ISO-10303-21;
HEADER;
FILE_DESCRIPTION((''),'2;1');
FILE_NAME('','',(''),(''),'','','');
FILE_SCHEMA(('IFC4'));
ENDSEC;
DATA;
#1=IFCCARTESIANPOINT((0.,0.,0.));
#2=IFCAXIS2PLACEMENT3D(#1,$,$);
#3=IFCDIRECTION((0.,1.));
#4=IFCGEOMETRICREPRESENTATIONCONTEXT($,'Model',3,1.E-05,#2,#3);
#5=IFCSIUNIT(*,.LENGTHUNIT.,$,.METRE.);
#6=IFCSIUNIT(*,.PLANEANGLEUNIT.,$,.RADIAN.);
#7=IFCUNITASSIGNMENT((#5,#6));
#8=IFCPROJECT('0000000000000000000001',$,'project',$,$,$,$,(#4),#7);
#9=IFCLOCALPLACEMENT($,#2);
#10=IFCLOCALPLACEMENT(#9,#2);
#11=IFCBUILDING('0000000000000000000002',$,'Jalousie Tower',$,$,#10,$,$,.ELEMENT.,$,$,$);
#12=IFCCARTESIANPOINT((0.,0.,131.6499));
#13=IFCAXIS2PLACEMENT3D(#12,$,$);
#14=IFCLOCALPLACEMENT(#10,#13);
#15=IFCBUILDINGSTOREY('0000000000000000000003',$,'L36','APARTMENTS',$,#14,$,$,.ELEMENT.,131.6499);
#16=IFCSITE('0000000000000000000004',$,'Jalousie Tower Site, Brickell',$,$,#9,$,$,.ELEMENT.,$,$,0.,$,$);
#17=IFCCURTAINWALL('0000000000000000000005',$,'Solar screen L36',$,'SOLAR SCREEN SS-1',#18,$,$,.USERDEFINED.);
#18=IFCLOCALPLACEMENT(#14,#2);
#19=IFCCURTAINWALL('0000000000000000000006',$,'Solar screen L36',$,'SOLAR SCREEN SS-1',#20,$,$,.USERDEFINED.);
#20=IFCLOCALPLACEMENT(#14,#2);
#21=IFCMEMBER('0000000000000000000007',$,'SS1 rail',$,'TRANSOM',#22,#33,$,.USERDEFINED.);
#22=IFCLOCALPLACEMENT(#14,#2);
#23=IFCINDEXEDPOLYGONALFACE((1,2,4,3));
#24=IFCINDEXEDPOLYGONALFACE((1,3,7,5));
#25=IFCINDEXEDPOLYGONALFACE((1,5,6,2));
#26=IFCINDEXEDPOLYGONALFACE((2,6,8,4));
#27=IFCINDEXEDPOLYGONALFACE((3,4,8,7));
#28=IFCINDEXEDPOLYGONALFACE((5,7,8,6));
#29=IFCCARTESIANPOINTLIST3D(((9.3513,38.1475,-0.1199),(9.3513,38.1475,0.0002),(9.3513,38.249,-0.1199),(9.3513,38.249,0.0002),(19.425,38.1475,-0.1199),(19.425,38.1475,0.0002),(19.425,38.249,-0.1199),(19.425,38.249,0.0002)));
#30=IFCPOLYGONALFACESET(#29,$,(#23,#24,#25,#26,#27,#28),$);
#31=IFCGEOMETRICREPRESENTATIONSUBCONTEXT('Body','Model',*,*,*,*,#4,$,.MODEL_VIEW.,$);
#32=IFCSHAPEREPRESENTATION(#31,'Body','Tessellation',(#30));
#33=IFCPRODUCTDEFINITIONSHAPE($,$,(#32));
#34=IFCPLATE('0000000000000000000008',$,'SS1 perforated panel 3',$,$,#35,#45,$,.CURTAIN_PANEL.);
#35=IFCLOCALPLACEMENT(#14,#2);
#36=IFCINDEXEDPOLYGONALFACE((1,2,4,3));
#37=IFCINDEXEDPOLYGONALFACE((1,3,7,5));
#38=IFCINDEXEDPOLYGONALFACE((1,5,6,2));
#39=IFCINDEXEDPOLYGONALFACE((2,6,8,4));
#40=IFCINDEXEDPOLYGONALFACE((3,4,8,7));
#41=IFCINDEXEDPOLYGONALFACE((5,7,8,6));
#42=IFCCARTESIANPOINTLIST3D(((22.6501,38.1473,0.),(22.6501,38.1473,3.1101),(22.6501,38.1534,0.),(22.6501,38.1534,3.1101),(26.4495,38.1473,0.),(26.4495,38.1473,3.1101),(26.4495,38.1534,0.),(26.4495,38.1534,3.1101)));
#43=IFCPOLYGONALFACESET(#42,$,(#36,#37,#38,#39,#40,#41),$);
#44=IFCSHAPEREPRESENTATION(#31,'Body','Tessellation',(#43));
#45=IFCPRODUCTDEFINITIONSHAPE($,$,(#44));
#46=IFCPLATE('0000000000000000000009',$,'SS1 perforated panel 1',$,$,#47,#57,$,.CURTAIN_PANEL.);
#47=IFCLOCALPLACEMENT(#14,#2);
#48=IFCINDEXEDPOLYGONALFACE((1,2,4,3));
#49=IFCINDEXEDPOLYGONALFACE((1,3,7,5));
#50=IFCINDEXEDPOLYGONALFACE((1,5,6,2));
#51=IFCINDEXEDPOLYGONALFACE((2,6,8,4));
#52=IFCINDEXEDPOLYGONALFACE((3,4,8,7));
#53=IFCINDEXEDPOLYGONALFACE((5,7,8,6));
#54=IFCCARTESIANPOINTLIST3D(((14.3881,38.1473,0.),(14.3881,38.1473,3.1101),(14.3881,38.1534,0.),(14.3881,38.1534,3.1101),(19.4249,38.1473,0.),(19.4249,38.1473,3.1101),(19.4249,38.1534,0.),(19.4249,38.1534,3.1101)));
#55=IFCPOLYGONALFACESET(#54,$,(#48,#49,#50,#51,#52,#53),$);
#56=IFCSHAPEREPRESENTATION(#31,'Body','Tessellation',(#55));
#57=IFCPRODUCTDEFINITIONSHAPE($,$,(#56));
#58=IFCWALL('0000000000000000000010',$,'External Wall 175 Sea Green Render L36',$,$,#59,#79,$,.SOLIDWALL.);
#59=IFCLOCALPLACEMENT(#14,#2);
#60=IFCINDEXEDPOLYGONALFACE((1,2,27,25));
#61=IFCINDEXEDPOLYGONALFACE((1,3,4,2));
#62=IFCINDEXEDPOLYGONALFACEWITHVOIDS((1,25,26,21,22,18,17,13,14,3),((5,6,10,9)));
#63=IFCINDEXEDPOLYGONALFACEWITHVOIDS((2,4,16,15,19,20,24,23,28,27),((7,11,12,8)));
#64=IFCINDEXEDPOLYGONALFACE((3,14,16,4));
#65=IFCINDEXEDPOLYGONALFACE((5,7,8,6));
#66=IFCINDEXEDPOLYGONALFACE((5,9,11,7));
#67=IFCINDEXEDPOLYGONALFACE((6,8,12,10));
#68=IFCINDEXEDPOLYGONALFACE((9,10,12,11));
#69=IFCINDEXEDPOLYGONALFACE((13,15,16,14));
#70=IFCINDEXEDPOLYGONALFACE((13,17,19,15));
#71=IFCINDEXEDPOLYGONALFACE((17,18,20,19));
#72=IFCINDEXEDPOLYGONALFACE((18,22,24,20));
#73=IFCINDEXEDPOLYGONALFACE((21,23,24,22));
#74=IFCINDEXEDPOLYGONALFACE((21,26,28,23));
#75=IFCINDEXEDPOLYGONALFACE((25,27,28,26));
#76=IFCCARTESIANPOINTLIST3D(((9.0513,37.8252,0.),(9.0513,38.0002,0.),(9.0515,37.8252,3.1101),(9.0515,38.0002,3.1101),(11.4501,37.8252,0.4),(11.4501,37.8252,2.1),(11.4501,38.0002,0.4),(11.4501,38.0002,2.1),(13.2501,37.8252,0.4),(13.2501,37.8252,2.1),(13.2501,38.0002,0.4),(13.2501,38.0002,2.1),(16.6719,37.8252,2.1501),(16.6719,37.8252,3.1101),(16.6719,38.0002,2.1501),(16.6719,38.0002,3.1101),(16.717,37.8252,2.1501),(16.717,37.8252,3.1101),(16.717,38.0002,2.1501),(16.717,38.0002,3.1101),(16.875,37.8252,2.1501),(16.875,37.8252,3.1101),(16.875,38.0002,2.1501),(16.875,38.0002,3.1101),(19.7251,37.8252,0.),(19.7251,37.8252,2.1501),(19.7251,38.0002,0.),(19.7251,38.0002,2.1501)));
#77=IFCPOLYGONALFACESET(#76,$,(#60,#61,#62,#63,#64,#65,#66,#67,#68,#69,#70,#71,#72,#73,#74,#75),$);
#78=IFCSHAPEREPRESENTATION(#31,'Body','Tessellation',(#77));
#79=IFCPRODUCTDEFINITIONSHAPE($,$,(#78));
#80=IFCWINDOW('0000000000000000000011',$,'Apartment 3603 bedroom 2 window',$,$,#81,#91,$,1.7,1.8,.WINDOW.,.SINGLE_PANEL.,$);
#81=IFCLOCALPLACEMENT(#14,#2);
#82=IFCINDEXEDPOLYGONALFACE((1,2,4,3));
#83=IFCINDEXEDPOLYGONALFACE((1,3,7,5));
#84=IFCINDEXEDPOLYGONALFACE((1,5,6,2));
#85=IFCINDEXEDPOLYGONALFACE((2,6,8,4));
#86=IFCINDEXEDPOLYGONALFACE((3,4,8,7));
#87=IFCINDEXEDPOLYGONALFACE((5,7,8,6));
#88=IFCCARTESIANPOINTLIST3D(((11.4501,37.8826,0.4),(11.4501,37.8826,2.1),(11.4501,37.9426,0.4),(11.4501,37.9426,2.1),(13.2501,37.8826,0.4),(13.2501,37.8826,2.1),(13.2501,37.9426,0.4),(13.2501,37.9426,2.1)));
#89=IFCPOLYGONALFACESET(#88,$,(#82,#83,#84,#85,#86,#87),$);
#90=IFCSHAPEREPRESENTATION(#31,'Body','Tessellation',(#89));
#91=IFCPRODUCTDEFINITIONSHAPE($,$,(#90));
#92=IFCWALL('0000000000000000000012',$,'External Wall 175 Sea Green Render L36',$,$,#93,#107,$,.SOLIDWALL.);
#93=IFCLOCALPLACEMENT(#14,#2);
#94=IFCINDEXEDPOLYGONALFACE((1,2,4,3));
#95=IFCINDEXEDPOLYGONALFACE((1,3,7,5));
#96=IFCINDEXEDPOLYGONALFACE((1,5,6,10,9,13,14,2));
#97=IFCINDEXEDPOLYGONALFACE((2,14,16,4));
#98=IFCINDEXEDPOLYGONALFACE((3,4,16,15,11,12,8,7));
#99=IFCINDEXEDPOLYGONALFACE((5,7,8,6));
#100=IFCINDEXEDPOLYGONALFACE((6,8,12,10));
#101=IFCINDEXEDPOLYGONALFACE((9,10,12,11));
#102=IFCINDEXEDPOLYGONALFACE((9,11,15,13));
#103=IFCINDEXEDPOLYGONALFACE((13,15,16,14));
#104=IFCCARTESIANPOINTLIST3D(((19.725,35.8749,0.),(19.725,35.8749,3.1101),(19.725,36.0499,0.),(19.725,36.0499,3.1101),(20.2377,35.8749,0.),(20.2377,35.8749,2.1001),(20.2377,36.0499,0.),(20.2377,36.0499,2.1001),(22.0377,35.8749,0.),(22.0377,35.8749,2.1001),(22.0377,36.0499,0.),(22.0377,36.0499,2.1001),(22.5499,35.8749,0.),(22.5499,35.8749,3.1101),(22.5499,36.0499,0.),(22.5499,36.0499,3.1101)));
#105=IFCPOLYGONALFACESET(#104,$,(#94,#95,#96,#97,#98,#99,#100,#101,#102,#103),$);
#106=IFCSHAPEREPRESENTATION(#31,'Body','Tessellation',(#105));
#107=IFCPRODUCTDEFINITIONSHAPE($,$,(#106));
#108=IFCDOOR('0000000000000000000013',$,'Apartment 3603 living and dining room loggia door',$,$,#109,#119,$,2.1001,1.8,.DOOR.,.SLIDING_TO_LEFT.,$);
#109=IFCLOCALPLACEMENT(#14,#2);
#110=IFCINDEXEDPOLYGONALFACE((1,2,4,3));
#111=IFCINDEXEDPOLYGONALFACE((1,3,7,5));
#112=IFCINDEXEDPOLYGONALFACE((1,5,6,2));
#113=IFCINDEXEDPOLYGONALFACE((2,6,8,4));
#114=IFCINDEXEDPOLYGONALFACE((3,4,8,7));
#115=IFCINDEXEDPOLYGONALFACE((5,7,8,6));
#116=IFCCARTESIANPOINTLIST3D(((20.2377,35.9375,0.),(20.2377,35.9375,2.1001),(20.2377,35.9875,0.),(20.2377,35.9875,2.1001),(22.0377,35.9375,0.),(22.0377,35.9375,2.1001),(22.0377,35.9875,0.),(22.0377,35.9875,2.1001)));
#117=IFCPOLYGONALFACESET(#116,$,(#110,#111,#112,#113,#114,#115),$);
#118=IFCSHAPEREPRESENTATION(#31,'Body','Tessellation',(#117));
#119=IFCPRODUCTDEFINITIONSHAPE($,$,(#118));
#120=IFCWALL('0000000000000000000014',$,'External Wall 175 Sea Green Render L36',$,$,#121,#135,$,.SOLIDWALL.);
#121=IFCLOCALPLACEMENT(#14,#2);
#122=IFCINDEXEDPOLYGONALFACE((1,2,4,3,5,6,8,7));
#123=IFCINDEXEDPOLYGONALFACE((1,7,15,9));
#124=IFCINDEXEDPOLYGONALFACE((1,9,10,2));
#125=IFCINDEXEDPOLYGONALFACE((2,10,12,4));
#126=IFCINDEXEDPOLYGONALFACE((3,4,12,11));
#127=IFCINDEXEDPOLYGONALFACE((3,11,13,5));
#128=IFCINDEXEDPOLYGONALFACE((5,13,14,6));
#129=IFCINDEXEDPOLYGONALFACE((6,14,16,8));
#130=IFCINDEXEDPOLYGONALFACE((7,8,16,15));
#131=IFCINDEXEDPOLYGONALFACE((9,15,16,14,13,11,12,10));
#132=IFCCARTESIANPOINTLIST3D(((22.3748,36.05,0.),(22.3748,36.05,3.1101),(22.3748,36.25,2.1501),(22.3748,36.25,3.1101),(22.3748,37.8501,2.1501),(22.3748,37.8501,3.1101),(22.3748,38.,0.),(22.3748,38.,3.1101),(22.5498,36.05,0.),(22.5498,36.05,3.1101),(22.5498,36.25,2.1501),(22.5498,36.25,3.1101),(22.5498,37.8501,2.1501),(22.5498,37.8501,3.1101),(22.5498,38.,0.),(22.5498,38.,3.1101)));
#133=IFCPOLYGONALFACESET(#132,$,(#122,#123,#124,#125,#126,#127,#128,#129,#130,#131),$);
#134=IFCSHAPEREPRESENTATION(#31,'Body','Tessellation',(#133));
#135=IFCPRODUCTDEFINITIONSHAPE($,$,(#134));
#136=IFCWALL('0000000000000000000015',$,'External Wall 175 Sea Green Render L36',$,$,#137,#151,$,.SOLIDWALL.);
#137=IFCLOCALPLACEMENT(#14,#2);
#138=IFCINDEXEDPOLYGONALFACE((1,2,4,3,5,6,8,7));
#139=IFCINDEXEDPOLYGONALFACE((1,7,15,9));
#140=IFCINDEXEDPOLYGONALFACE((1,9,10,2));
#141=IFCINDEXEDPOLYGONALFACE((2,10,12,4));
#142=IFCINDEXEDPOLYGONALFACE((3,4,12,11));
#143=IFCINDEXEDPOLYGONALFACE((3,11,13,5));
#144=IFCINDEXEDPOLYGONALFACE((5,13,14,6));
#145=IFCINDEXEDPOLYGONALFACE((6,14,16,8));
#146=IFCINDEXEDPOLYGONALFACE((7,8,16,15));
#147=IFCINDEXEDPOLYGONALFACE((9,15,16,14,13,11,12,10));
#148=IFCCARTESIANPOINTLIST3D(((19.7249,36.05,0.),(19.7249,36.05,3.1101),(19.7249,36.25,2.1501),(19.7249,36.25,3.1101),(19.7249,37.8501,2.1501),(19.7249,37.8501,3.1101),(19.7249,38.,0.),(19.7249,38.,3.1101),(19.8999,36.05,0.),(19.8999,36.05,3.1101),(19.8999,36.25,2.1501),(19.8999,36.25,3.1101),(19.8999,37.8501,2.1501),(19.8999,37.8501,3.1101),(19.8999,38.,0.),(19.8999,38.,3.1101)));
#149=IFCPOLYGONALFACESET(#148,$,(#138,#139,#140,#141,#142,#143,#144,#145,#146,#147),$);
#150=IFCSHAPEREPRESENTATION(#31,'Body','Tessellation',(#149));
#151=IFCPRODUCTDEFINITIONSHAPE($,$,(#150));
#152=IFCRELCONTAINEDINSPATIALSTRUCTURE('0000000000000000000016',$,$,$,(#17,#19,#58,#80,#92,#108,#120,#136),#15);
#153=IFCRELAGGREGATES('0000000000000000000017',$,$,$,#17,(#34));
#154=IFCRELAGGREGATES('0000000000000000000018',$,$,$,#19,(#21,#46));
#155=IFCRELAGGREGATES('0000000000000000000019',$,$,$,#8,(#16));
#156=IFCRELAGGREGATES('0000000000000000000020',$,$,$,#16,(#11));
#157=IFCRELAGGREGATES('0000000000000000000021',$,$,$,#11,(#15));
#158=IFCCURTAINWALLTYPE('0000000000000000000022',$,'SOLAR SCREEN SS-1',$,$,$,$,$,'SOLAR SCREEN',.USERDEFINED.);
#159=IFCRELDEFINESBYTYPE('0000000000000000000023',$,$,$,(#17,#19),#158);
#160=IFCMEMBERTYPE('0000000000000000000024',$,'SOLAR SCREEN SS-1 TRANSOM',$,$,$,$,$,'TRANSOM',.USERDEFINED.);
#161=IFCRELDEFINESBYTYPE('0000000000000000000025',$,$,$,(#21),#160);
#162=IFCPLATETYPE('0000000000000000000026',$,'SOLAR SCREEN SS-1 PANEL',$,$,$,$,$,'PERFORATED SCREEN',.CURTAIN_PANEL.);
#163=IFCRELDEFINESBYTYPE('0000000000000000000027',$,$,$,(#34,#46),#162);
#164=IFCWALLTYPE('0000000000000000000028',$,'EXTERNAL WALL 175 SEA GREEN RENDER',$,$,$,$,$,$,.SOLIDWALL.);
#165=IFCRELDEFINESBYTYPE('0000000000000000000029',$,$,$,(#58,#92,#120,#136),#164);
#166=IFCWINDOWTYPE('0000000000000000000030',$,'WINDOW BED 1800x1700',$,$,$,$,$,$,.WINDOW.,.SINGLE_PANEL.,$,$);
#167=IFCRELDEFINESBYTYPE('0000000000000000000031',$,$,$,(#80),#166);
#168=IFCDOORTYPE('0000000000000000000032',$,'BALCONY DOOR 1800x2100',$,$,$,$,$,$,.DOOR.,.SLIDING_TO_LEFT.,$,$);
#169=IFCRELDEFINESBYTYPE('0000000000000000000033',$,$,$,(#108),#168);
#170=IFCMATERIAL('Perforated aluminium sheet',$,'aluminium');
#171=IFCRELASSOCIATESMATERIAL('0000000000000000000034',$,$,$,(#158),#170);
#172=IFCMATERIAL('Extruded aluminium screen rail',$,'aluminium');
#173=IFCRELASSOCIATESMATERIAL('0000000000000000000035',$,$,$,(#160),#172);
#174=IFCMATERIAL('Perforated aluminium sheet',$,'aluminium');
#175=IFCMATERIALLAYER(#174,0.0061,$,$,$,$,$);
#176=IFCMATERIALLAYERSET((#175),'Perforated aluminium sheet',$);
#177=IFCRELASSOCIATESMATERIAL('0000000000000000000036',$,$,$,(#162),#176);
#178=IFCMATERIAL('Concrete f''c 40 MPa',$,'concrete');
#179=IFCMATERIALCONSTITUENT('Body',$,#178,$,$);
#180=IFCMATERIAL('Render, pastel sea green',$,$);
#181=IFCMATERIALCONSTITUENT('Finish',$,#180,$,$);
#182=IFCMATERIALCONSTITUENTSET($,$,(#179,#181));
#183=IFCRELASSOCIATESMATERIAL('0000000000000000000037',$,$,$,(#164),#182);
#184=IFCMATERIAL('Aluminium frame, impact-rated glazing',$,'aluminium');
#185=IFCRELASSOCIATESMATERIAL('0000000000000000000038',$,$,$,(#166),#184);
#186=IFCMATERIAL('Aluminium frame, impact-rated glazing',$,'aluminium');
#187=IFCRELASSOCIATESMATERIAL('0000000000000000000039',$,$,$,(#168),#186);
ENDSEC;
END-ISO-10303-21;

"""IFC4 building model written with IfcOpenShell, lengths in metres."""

from ifc_helpers import new_model, si_unit, direction, frame, frame_2d, origin, origin_2d, place, context, subcontext, project, spatial, polyline, rectangle, outline, extrude, material, layer, layer_set, constituent, constituent_set, material_profile, profile_set, type_object, element, fill, aggregate, save


model = new_model("IFC4")

# Units and contexts
model_context = context("Model", 3, precision=1e-05, world=origin(), true_north=direction((0.0, 1.0)))
body_context = subcontext(model_context, "Body", "Model", "MODEL_VIEW")
ifc_project = project(units=[si_unit("LENGTHUNIT", "METRE"), si_unit("PLANEANGLEUNIT", "RADIAN")], contexts=[model_context])

# Site, building, storey
site_placement = place(None, origin())
site = spatial("IfcSite", under=ifc_project, at=site_placement, Name="Jalousie Tower Site, Brickell", CompositionType="ELEMENT", RefElevation=0.0)
building_placement = place(site_placement, origin())
building = spatial("IfcBuilding", under=site, at=building_placement, Name="Jalousie Tower", CompositionType="ELEMENT")
storey_placement = place(building_placement, frame((0.0, 0.0, 131.6499)))
storey = spatial("IfcBuildingStorey", under=building, at=storey_placement, Name="L36", Description="APARTMENTS", CompositionType="ELEMENT", Elevation=131.6499)

# Curtain wall
ifc_material_1 = material(Name="Perforated aluminium sheet", Category="aluminium")
curtain_wall_type = type_object("IfcCurtainWallType", Name="SOLAR SCREEN SS-1", ElementType="SOLAR SCREEN", PredefinedType="USERDEFINED", material=ifc_material_1)
curtain_wall_1_placement = place(storey_placement, origin())
curtain_wall_1 = element("IfcCurtainWall", 1, at=curtain_wall_1_placement, inside=storey, type_object=curtain_wall_type, Name="Solar screen L36", ObjectType="SOLAR SCREEN SS-1", PredefinedType="USERDEFINED")

# Curtain wall, member
curtain_wall_2_placement = place(storey_placement, origin())
curtain_wall_2 = element("IfcCurtainWall", 2, at=curtain_wall_2_placement, inside=storey, type_object=curtain_wall_type, Name="Solar screen L36", ObjectType="SOLAR SCREEN SS-1", PredefinedType="USERDEFINED")
ifc_material_2 = material(Name="Extruded aluminium screen rail", Category="aluminium")
ifc_material_profile_1 = material_profile(ifc_material_2, rectangle(XDim=0.1016, YDim=0.1201, at=origin_2d()), Name="RAIL 102x120")
ifc_profile_set_1 = profile_set([ifc_material_profile_1], Name="Extruded aluminium screen rail")
member_type_1 = type_object("IfcMemberType", Name="SOLAR SCREEN SS-1 TRANSOM", ElementType="TRANSOM", PredefinedType="USERDEFINED", material=ifc_profile_set_1)
member_1_placement = place(storey_placement, frame((19.425, 38.1982, -0.0598), z_axis=(-1.0, 0.0, 0.0), x_axis=(0.0, -1.0, 0.0)))
member_1 = element("IfcMember", 3, at=member_1_placement, type_object=member_type_1, Name="SS1 rail", ObjectType="TRANSOM", PredefinedType="USERDEFINED", context=body_context, shape_type="SweptSolid", body=[
    extrude(rectangle(XDim=0.1016, YDim=0.1201, at=origin_2d()), origin(), (0.0, 0.0, 1.0), 10.0737),
])

# Plates
ifc_material_3 = material(Name="Perforated aluminium sheet", Category="aluminium")
ifc_layer_1 = layer(ifc_material_3, 0.0061)
ifc_layer_set_1 = layer_set([ifc_layer_1], Name="Perforated aluminium sheet")
plate_type = type_object("IfcPlateType", Name="SOLAR SCREEN SS-1 PANEL", ElementType="PERFORATED SCREEN", PredefinedType="CURTAIN_PANEL", material=ifc_layer_set_1)
plate_1_placement = place(storey_placement, frame((24.5498, 38.1504, 0.0), z_axis=(0.0, 0.0, 1.0), x_axis=(-1.0, 0.0, 0.0)))
plate_1 = element("IfcPlate", 4, at=plate_1_placement, type_object=plate_type, Name="SS1 perforated panel 3", PredefinedType="CURTAIN_PANEL", context=body_context, shape_type="SweptSolid", body=[
    extrude(rectangle(XDim=3.7993, YDim=0.0061, at=origin_2d()), origin(), (0.0, 0.0, 1.0), 3.1101),
])
aggregate(curtain_wall_1, [plate_1])
plate_2_placement = place(storey_placement, frame((16.9065, 38.1504, 0.0), z_axis=(0.0, 0.0, 1.0), x_axis=(-1.0, 0.0, 0.0)))
plate_2 = element("IfcPlate", 5, at=plate_2_placement, type_object=plate_type, Name="SS1 perforated panel 1", PredefinedType="CURTAIN_PANEL", context=body_context, shape_type="SweptSolid", body=[
    extrude(rectangle(XDim=5.0369, YDim=0.0061, at=origin_2d()), origin(), (0.0, 0.0, 1.0), 3.1101),
])
aggregate(curtain_wall_2, [member_1, plate_2])

# Wall, opening, window
ifc_material_4 = material(Name="Concrete f'c 40 MPa", Category="concrete")
ifc_constituent_1 = constituent(ifc_material_4, Name="Body")
ifc_material_5 = material(Name="Render, pastel sea green")
ifc_constituent_2 = constituent(ifc_material_5, Name="Finish")
ifc_constituent_set_1 = constituent_set(constituents=[ifc_constituent_1, ifc_constituent_2])
wall_type_1 = type_object("IfcWallType", Name="EXTERNAL WALL 175 SEA GREEN RENDER", PredefinedType="SOLIDWALL", material=ifc_constituent_set_1)
wall_1_placement = place(storey_placement, frame((19.7251, 37.9126, 0.0), z_axis=(0.0, 0.0, 1.0), x_axis=(-1.0, 0.0, 0.0)))
wall_1 = element("IfcWall", 6, at=wall_1_placement, inside=storey, type_object=wall_type_1, Name="External Wall 175 Sea Green Render L36", PredefinedType="SOLIDWALL", context=body_context, shape_type="SweptSolid", body=[
    extrude(outline(polyline([(0.0, 0.0), (10.6738, 0.0), (10.6736, 3.1101), (3.0532, 3.1101), (3.0532, 2.1501), (3.0081, 2.1501), (3.0081, 3.1101), (2.8501, 3.1101), (2.8501, 2.1501), (0.0, 2.1501), (0.0, 0.0)])), frame((0.0, 0.0874, 0.0), z_axis=(0.0, -1.0, 0.0), x_axis=(1.0, 0.0, 0.0)), (0.0, 0.0, 1.0), 0.175),
])
opening_1_placement = place(wall_1_placement, frame((6.4751, 0.0, 0.3999)))
opening_1 = element("IfcOpeningElement", 7, at=opening_1_placement, cuts=wall_1, PredefinedType="OPENING", context=body_context, shape_type="SweptSolid", body=[
    extrude(rectangle(XDim=1.8, YDim=1.7, at=frame_2d((0.8999, 0.8501))), frame((0.0, 0.0974, 0.0), z_axis=(0.0, -1.0, 0.0), x_axis=(1.0, 0.0, 0.0)), (0.0, 0.0, 1.0), 0.1951),
])
ifc_material_6 = material(Name="Aluminium frame, impact-rated glazing", Category="aluminium")
window_type = type_object("IfcWindowType", Name="WINDOW BED 1800x1700", PartitioningType="SINGLE_PANEL", PredefinedType="WINDOW", material=ifc_material_6)
window_placement = place(opening_1_placement, origin())
window = element("IfcWindow", 8, at=window_placement, inside=storey, type_object=window_type, Name="Apartment 3603 bedroom 2 window", OverallHeight=1.7, OverallWidth=1.8, PartitioningType="SINGLE_PANEL", PredefinedType="WINDOW", context=body_context, shape_type="SweptSolid", body=[
    extrude(rectangle(XDim=1.8, YDim=1.7, at=frame_2d((0.8999, 0.8501))), frame((0.0, 0.03, 0.0), z_axis=(0.0, -1.0, 0.0), x_axis=(1.0, 0.0, 0.0)), (0.0, 0.0, 1.0), 0.0601),
])
fill(opening_1, window)

# Wall, opening, door
wall_2_placement = place(storey_placement, frame((22.55, 35.9624, 0.0), z_axis=(0.0, 0.0, 1.0), x_axis=(-1.0, 0.0, 0.0)))
wall_2 = element("IfcWall", 9, at=wall_2_placement, inside=storey, type_object=wall_type_1, Name="External Wall 175 Sea Green Render L36", PredefinedType="SOLIDWALL", context=body_context, shape_type="SweptSolid", body=[
    extrude(rectangle(XDim=2.825, YDim=0.175, at=frame_2d((1.4126, 0.0))), origin(), (0.0, 0.0, 1.0), 3.1101),
])
opening_2_placement = place(wall_2_placement, frame((0.5125, 0.0, 0.0)))
opening_2 = element("IfcOpeningElement", 10, at=opening_2_placement, cuts=wall_2, PredefinedType="OPENING", context=body_context, shape_type="SweptSolid", body=[
    extrude(rectangle(XDim=1.8, YDim=2.1001, at=frame_2d((0.8999, 1.05))), frame((0.0, 0.0974, 0.0), z_axis=(0.0, -1.0, 0.0), x_axis=(1.0, 0.0, 0.0)), (0.0, 0.0, 1.0), 0.1951),
])
ifc_material_7 = material(Name="Aluminium frame, impact-rated glazing", Category="aluminium")
door_type_1 = type_object("IfcDoorType", Name="BALCONY DOOR 1800x2100", OperationType="SLIDING_TO_LEFT", PredefinedType="DOOR", material=ifc_material_7)
door_1_placement = place(opening_2_placement, origin())
door_1 = element("IfcDoor", 11, at=door_1_placement, inside=storey, type_object=door_type_1, Name="Apartment 3603 living and dining room loggia door", OperationType="SLIDING_TO_LEFT", OverallHeight=2.1001, OverallWidth=1.8, PredefinedType="DOOR", context=body_context, shape_type="SweptSolid", body=[
    extrude(rectangle(XDim=1.8, YDim=2.1001, at=frame_2d((0.8999, 1.05))), frame((0.0, 0.0249, 0.0), z_axis=(0.0, -1.0, 0.0), x_axis=(1.0, 0.0, 0.0)), (0.0, 0.0, 1.0), 0.05),
])
fill(opening_2, door_1)

# Walls
for number, where, z_axis, x_axis, name in (
    (12, (22.4624, 38.0, 0.0), (0.0, 0.0, 1.0), (0.0, -1.0, 0.0), "External Wall 175 Sea Green Render L36"),
    (13, (19.8125, 38.0, 0.0), (0.0, 0.0, 1.0), (0.0, -1.0, 0.0), "External Wall 175 Sea Green Render L36"),
):
    element("IfcWall", number, at=place(storey_placement, frame(where, z_axis=z_axis, x_axis=x_axis)), inside=storey, type_object=wall_type_1, Name=name, PredefinedType="SOLIDWALL", context=body_context, shape_type="SweptSolid", body=[
        extrude(outline(polyline([(0.0, 0.0), (1.95, 0.0), (1.95, 3.1101), (1.75, 3.1101), (1.75, 2.1501), (0.1499, 2.1501), (0.1499, 3.1101), (0.0, 3.1101), (0.0, 0.0)])), frame((0.0, 0.0874, 0.0), z_axis=(0.0, -1.0, 0.0), x_axis=(1.0, 0.0, 0.0)), (0.0, 0.0, 1.0), 0.175),
    ])

save(model, "model.ifc")
